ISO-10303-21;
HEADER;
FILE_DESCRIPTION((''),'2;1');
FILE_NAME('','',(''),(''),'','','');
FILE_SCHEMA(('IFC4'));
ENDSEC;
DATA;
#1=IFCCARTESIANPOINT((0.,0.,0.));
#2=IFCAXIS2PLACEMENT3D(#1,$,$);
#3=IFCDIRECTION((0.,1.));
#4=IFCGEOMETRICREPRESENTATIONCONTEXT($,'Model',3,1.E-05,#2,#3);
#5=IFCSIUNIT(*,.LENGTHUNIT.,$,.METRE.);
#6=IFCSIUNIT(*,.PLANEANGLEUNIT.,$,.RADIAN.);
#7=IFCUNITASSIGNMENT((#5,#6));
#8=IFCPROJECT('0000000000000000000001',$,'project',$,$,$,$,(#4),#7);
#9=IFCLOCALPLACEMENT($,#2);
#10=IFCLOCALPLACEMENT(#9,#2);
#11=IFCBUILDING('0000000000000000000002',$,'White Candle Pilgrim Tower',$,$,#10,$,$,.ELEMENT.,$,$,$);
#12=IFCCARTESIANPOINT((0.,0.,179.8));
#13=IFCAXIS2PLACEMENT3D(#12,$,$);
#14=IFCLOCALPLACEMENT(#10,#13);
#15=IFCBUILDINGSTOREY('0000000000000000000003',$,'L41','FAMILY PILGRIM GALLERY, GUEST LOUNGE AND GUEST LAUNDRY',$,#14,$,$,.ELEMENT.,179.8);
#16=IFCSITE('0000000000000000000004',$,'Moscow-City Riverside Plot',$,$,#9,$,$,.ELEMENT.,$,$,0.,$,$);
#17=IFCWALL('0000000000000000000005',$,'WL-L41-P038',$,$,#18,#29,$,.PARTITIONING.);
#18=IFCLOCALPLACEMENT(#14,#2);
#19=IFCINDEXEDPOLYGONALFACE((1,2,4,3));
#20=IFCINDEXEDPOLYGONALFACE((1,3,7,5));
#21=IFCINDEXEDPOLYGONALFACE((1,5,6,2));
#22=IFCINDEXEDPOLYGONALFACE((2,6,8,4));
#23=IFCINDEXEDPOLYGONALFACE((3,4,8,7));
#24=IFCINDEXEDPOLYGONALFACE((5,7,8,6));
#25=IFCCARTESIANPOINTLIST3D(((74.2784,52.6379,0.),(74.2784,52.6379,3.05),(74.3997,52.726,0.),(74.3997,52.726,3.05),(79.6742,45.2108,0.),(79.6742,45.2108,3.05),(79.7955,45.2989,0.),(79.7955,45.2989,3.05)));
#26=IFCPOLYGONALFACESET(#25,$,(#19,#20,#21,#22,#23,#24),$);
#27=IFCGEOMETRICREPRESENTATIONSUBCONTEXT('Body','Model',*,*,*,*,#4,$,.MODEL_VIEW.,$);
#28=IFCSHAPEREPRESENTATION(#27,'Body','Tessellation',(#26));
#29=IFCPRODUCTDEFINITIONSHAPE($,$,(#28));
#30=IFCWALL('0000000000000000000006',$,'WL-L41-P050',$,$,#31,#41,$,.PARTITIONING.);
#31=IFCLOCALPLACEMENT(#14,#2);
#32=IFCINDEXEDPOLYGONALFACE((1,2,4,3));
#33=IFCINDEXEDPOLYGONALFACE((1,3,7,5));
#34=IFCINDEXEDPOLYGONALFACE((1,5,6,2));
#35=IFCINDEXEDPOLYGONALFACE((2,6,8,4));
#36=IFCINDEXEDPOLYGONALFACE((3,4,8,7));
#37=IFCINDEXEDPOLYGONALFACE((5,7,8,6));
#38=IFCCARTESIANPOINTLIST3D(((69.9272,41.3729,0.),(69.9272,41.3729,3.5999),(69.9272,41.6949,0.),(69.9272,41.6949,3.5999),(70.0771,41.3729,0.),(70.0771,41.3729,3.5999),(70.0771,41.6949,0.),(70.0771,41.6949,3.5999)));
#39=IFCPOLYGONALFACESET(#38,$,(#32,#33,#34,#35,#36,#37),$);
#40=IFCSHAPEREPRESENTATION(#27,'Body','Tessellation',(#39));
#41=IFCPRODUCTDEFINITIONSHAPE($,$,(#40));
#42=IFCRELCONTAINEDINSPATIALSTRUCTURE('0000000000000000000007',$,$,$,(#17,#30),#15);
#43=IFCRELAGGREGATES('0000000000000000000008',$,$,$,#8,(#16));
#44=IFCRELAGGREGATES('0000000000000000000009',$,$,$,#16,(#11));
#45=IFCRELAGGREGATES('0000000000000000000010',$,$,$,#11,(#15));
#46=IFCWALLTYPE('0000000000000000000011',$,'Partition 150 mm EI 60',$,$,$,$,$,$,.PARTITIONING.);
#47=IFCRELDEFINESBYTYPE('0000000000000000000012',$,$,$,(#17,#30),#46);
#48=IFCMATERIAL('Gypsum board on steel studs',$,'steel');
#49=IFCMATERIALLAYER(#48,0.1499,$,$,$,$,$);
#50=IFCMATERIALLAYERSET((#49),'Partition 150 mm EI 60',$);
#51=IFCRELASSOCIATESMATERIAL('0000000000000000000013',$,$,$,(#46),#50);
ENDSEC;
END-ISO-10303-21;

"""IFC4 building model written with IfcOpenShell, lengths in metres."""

from ifc_helpers import new_model, si_unit, direction, frame, frame_2d, origin, place, context, subcontext, project, spatial, rectangle, extrude, material, layer, layer_set, type_object, element, save


model = new_model("IFC4")

# Units and contexts
model_context = context("Model", 3, precision=1e-05, world=origin(), true_north=direction((0.0, 1.0)))
body_context = subcontext(model_context, "Body", "Model", "MODEL_VIEW")
ifc_project = project(units=[si_unit("LENGTHUNIT", "METRE"), si_unit("PLANEANGLEUNIT", "RADIAN")], contexts=[model_context])

# Site, building, storey
site_placement = place(None, origin())
site = spatial("IfcSite", under=ifc_project, at=site_placement, Name="Moscow-City Riverside Plot", CompositionType="ELEMENT", RefElevation=0.0)
building_placement = place(site_placement, origin())
building = spatial("IfcBuilding", under=site, at=building_placement, Name="White Candle Pilgrim Tower", CompositionType="ELEMENT")
storey_placement = place(building_placement, frame((0.0, 0.0, 179.8)))
storey = spatial("IfcBuildingStorey", under=building, at=storey_placement, Name="L41", Description="FAMILY PILGRIM GALLERY, GUEST LOUNGE AND GUEST LAUNDRY", CompositionType="ELEMENT", Elevation=179.8)

# Shared definitions
ifc_material_1 = material(Name="Gypsum board on steel studs", Category="steel")

# Walls
ifc_layer_1 = layer(ifc_material_1, 0.1499)
ifc_layer_set_1 = layer_set([ifc_layer_1], Name="Partition 150 mm EI 60")
wall_type_1 = type_object("IfcWallType", Name="Partition 150 mm EI 60", PredefinedType="PARTITIONING", material=ifc_layer_set_1)
wall_1_placement = place(storey_placement, frame((79.7349, 45.2549, 0.0), z_axis=(0.0, 0.0, 1.0), x_axis=(-0.587765, 0.809032, 0.0)))
element("IfcWall", 1, at=wall_1_placement, inside=storey, type_object=wall_type_1, Name="WL-L41-P038", PredefinedType="PARTITIONING", context=body_context, shape_type="SweptSolid", body=[
    extrude(rectangle(XDim=9.1802, YDim=0.1499, at=frame_2d((4.5901, 0.0))), origin(), (0.0, 0.0, 1.0), 3.05),
])
wall_2_placement = place(storey_placement, frame((70.0022, 41.6951, 0.0), z_axis=(0.0, 0.0, 1.0), x_axis=(0.0, -1.0, 0.0)))
element("IfcWall", 2, at=wall_2_placement, inside=storey, type_object=wall_type_1, Name="WL-L41-P050", PredefinedType="PARTITIONING", context=body_context, shape_type="SweptSolid", body=[
    extrude(rectangle(XDim=0.322, YDim=0.1499, at=frame_2d((0.1611, 0.0))), origin(), (0.0, 0.0, 1.0), 3.5999),
])

save(model, "model.ifc")
